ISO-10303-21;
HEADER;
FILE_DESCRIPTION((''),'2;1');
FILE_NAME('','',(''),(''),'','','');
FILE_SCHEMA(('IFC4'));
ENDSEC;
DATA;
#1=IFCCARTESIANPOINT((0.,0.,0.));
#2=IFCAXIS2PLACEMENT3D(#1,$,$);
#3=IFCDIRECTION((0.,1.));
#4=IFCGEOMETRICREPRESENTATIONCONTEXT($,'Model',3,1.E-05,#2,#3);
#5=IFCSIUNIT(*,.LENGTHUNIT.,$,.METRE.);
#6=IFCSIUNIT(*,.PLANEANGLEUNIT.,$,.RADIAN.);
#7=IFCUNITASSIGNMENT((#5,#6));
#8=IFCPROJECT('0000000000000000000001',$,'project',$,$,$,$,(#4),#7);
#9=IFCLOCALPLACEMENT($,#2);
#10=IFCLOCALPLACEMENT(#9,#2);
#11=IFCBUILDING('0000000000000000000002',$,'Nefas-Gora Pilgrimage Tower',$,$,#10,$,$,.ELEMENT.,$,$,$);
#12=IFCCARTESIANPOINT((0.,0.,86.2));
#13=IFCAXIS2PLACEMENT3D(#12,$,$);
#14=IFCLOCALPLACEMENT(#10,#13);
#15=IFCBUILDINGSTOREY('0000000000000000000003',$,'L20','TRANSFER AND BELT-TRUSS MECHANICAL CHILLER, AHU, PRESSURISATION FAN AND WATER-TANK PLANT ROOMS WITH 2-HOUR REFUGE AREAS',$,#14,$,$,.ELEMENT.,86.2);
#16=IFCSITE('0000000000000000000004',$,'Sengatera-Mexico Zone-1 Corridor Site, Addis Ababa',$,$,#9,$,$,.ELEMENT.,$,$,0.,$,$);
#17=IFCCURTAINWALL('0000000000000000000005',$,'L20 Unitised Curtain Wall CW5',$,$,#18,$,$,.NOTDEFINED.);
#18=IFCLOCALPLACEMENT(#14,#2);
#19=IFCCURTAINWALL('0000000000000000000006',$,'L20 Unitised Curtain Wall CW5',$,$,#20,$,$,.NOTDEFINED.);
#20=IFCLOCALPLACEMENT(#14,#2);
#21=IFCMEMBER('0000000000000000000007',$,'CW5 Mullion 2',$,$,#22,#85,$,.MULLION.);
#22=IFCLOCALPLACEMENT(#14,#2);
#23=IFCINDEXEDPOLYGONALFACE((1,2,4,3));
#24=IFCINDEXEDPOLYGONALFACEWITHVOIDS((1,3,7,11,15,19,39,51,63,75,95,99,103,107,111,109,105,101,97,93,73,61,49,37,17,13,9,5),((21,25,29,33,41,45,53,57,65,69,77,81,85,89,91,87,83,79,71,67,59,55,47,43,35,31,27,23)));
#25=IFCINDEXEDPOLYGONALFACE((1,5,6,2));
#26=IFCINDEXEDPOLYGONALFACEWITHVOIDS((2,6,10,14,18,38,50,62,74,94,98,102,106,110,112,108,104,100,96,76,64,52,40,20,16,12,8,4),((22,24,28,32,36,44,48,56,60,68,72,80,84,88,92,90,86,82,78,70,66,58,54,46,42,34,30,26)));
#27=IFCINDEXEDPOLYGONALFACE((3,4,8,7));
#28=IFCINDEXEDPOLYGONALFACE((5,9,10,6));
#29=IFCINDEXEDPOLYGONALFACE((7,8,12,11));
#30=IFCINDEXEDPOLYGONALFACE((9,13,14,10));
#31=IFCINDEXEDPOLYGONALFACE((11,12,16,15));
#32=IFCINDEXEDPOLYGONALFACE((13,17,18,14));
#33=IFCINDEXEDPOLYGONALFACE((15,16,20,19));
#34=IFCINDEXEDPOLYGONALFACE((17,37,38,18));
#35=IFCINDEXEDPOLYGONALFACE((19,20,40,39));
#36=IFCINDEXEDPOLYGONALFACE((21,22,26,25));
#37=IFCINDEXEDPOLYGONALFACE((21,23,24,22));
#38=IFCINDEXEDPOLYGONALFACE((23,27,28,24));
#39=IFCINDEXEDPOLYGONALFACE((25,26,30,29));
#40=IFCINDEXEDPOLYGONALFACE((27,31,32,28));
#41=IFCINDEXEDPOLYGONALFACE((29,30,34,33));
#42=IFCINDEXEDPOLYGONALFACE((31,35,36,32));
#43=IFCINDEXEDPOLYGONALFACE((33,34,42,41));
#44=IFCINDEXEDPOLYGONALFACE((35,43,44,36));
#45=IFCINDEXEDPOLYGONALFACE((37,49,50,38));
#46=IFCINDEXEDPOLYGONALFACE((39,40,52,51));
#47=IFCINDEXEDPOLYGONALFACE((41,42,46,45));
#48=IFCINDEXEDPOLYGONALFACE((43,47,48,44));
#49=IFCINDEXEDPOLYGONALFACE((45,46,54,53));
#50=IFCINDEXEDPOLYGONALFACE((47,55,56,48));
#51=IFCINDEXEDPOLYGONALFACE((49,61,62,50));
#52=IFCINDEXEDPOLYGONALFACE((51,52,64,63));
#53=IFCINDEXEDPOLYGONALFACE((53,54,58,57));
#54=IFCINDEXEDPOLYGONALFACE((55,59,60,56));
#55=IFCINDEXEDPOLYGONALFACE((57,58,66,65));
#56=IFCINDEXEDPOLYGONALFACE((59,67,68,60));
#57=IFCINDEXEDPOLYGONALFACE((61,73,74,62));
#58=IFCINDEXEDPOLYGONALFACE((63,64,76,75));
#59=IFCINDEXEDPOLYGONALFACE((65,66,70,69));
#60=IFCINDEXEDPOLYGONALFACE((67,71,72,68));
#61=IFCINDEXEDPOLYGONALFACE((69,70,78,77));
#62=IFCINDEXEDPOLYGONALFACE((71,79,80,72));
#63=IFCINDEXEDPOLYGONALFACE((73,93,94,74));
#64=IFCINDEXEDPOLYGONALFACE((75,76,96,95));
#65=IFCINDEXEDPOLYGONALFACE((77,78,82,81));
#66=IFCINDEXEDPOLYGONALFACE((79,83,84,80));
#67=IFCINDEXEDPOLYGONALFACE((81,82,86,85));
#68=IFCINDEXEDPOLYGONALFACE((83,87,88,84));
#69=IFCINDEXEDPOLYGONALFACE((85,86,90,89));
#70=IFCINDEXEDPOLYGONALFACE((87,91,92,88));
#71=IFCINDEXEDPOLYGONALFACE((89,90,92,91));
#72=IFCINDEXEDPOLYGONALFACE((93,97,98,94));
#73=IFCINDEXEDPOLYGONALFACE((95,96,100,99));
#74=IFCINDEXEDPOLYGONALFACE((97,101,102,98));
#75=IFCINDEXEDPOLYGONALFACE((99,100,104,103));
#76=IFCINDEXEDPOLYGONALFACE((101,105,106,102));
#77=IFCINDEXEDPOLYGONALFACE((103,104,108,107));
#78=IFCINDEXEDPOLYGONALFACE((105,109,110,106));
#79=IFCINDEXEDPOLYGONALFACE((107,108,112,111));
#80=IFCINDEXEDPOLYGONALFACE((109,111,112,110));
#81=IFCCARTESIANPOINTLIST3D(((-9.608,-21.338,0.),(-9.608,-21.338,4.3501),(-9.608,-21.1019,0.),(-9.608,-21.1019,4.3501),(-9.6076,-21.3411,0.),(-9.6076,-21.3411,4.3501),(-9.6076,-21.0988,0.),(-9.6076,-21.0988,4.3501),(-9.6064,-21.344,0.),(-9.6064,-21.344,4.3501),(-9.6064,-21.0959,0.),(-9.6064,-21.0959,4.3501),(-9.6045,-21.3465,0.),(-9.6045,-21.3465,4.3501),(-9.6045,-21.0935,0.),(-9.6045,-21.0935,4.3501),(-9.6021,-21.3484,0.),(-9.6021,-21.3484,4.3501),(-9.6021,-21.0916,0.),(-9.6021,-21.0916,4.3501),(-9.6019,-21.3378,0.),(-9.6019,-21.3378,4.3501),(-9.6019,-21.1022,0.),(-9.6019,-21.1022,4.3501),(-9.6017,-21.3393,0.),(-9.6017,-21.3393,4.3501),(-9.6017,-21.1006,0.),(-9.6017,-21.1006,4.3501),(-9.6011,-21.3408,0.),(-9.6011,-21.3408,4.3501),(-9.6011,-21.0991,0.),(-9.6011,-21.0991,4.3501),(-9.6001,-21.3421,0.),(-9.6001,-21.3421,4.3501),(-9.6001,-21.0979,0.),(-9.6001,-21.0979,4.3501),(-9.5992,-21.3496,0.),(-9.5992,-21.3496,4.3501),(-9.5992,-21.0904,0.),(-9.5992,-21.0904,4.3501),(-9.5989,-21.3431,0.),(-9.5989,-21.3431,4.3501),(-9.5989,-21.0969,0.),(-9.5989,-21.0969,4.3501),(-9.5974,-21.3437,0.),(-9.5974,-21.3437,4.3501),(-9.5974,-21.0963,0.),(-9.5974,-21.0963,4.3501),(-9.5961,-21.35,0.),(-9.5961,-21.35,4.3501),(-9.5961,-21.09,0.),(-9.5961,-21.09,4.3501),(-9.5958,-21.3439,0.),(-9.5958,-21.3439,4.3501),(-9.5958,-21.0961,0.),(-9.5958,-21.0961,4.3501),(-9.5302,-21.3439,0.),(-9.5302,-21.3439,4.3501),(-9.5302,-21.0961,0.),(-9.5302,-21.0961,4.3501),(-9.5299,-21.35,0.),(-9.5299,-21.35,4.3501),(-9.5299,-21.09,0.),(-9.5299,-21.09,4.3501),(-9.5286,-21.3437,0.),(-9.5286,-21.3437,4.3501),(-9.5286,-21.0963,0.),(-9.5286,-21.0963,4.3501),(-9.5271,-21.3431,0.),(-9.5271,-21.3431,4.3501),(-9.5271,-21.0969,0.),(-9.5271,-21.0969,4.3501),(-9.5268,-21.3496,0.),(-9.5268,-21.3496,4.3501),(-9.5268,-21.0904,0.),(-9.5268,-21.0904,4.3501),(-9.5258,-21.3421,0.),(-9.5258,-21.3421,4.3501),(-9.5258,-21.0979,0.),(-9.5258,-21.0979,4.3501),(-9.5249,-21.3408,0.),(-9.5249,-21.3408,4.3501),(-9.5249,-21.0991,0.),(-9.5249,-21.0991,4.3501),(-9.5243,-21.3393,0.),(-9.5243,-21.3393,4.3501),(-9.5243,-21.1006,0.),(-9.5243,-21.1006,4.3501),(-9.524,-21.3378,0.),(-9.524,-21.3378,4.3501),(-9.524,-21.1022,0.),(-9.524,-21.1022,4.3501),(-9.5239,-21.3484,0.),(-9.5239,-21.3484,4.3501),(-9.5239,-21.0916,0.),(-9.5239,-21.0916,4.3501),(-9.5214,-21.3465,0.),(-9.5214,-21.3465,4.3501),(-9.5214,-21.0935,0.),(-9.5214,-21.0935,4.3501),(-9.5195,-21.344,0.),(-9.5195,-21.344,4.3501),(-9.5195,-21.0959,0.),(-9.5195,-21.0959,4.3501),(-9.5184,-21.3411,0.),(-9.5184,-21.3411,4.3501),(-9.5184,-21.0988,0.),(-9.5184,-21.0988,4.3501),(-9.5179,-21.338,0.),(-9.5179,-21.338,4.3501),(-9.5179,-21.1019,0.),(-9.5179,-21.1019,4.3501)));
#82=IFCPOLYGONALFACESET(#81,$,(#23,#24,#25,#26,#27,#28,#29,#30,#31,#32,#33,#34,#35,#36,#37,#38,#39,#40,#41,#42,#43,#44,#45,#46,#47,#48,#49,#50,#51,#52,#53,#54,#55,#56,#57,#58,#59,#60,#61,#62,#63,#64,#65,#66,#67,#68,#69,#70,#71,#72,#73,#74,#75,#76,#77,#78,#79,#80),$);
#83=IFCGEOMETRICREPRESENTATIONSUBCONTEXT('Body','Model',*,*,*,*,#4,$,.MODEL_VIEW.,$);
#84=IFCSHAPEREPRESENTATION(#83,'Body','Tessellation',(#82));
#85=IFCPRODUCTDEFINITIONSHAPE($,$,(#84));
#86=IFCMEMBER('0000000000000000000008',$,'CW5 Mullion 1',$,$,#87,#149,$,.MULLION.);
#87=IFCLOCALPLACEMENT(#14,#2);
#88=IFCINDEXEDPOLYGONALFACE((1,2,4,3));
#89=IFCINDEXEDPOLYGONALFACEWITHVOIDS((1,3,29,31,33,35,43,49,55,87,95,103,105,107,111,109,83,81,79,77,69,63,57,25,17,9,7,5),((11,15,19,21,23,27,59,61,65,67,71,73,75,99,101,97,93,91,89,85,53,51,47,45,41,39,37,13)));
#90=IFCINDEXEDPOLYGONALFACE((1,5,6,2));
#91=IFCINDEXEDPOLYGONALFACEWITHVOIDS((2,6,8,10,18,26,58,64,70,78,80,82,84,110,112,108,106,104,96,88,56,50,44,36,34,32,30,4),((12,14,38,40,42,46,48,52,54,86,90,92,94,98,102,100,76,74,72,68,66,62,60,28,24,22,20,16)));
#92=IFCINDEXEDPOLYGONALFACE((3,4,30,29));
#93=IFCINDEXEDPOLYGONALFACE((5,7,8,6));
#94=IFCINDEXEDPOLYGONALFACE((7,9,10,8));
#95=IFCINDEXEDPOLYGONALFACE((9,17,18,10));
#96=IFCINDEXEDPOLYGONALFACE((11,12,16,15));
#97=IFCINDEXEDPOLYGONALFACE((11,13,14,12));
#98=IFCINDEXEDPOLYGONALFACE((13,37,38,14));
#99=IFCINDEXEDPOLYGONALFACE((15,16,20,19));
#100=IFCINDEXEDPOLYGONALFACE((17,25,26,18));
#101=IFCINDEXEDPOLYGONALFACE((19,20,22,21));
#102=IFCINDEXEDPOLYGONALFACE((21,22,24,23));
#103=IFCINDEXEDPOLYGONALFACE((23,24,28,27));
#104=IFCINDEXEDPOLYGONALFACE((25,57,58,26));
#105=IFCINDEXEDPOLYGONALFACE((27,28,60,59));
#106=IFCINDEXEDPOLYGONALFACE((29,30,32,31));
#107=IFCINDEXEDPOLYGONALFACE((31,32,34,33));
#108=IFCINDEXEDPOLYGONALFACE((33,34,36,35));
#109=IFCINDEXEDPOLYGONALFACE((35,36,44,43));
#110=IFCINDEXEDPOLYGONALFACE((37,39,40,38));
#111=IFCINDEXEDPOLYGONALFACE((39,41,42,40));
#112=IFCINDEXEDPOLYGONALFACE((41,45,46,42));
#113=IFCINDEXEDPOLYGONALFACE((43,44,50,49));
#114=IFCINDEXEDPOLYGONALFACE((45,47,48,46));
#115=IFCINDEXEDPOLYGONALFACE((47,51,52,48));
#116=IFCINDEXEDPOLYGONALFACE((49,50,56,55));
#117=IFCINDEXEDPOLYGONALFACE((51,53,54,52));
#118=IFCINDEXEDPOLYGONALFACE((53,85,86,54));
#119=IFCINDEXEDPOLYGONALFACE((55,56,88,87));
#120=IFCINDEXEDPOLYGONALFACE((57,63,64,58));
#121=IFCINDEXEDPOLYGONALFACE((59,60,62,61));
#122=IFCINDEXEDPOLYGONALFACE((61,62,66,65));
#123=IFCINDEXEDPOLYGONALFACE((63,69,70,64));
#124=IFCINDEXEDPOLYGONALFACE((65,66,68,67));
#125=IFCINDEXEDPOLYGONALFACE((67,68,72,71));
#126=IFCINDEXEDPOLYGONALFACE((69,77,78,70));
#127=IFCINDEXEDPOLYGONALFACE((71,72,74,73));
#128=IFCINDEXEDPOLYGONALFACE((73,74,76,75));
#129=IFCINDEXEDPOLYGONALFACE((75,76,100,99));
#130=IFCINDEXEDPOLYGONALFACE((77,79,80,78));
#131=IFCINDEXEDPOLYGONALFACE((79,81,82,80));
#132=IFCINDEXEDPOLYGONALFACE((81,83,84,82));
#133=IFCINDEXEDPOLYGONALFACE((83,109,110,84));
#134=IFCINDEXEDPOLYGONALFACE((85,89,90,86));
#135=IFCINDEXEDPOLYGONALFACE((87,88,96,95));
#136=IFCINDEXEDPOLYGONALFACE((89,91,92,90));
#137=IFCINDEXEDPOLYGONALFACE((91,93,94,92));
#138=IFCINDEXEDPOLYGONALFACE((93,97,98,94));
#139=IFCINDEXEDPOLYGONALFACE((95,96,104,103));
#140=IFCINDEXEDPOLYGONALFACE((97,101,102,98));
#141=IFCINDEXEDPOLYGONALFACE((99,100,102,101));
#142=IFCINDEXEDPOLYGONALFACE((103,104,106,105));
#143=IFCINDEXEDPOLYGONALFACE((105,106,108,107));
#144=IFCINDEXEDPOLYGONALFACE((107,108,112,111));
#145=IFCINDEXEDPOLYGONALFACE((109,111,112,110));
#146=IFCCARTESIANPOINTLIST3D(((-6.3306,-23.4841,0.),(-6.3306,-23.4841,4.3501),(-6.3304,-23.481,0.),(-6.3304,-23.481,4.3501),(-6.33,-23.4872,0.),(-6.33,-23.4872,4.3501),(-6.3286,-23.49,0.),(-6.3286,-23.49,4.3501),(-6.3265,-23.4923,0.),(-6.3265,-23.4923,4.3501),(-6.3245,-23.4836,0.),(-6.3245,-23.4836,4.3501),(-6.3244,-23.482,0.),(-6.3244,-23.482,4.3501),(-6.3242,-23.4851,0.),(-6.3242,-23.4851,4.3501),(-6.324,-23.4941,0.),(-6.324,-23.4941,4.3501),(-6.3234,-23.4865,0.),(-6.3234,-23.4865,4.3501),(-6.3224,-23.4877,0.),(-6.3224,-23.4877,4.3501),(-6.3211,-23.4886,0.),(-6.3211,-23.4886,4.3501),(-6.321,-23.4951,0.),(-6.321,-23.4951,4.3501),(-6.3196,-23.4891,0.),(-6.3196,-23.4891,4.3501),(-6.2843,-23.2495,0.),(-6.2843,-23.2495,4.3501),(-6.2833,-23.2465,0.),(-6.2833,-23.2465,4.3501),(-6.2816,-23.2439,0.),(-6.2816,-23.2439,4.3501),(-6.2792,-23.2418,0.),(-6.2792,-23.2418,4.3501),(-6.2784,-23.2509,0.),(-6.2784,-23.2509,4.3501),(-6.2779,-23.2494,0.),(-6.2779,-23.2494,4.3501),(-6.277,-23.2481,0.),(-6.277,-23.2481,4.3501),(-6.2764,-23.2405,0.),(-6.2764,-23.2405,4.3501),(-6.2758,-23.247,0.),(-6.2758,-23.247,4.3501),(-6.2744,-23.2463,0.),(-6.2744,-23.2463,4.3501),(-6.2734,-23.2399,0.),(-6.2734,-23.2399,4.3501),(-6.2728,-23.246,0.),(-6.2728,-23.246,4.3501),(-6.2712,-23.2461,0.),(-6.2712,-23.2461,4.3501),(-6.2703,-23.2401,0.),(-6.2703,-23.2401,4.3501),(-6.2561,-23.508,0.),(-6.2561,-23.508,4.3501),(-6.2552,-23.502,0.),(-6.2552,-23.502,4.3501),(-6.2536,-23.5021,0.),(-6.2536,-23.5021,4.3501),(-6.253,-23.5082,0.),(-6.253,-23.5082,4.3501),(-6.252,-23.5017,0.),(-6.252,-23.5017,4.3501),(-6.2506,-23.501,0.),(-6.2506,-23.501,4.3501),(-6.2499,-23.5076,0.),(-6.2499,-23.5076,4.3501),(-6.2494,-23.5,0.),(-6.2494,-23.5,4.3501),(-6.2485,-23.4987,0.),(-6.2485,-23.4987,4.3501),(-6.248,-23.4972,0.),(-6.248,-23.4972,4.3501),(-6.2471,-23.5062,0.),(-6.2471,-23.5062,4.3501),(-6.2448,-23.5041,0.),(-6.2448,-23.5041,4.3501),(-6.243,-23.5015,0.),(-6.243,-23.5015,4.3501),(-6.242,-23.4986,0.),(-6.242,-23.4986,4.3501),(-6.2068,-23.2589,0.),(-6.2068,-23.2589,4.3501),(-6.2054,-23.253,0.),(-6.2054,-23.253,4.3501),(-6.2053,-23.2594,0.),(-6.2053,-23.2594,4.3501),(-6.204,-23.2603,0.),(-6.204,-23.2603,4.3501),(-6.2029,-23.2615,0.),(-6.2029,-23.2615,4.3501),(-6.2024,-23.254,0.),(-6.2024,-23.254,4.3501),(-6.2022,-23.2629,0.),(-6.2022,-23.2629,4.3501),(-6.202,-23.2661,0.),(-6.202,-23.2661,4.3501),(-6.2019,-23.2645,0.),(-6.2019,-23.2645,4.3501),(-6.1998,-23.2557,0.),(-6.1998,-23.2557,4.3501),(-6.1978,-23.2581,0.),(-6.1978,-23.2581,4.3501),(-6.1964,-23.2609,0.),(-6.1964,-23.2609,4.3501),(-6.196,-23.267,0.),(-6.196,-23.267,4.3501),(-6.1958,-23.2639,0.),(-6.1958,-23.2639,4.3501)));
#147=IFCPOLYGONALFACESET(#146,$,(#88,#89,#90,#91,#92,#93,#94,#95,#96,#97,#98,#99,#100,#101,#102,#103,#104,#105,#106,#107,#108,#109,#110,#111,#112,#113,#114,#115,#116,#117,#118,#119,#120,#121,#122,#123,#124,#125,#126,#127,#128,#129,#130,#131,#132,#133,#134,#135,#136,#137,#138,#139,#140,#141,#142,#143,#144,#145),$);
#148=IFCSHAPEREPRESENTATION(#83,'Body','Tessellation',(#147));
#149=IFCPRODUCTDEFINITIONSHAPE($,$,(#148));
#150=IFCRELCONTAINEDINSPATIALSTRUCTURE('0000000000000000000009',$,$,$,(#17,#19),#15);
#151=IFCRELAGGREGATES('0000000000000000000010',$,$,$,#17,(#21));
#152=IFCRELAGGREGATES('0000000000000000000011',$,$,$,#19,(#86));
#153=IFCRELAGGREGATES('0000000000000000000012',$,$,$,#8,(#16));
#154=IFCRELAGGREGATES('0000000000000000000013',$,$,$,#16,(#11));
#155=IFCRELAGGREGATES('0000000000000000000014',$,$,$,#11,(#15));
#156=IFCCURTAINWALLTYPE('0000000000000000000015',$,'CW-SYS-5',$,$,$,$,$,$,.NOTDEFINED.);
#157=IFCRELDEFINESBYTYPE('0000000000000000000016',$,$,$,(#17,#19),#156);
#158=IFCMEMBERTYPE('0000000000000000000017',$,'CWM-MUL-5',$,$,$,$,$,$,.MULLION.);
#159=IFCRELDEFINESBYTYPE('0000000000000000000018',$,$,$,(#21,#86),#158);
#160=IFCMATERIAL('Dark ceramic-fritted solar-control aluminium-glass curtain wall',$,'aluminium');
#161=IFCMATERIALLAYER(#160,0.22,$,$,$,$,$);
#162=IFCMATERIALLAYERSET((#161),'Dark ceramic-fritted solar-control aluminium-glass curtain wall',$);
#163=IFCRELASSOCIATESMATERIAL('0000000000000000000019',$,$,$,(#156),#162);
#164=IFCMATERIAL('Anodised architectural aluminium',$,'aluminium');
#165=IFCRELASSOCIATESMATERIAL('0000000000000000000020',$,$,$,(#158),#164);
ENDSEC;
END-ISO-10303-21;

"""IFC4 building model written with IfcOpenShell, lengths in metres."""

from ifc_helpers import new_model, si_unit, direction, frame, origin, origin_2d, place, context, subcontext, project, spatial, hollow_rectangle, extrude, source, transform, mapped, material, layer, layer_set, material_profile, profile_set, type_object, element, aggregate, save


model = new_model("IFC4")

# Units and contexts
model_context = context("Model", 3, precision=1e-05, world=origin(), true_north=direction((0.0, 1.0)))
body_context = subcontext(model_context, "Body", "Model", "MODEL_VIEW")
ifc_project = project(units=[si_unit("LENGTHUNIT", "METRE"), si_unit("PLANEANGLEUNIT", "RADIAN")], contexts=[model_context])

# Site, building, storey
site_placement = place(None, origin())
site = spatial("IfcSite", under=ifc_project, at=site_placement, Name="Sengatera-Mexico Zone-1 Corridor Site, Addis Ababa", CompositionType="ELEMENT", RefElevation=0.0)
building_placement = place(site_placement, origin())
building = spatial("IfcBuilding", under=site, at=building_placement, Name="Nefas-Gora Pilgrimage Tower", CompositionType="ELEMENT")
storey_placement = place(building_placement, frame((0.0, 0.0, 86.2)))
storey = spatial("IfcBuildingStorey", under=building, at=storey_placement, Name="L20", Description="TRANSFER AND BELT-TRUSS MECHANICAL CHILLER, AHU, PRESSURISATION FAN AND WATER-TANK PLANT ROOMS WITH 2-HOUR REFUGE AREAS", CompositionType="ELEMENT", Elevation=86.2)

# Curtain walls
ifc_material_1 = material(Name="Dark ceramic-fritted solar-control aluminium-glass curtain wall", Category="aluminium")
ifc_layer_1 = layer(ifc_material_1, 0.22)
ifc_layer_set_1 = layer_set([ifc_layer_1], Name="Dark ceramic-fritted solar-control aluminium-glass curtain wall")
curtain_wall_type = type_object("IfcCurtainWallType", Name="CW-SYS-5", PredefinedType="NOTDEFINED", material=ifc_layer_set_1)
curtain_wall_1_placement = place(storey_placement, origin())
curtain_wall_1 = element("IfcCurtainWall", 1, at=curtain_wall_1_placement, inside=storey, type_object=curtain_wall_type, Name="L20 Unitised Curtain Wall CW5", PredefinedType="NOTDEFINED")
ifc_material_2 = material(Name="Anodised architectural aluminium", Category="aluminium")
curtain_wall_2_placement = place(storey_placement, origin())
curtain_wall_2 = element("IfcCurtainWall", 2, at=curtain_wall_2_placement, inside=storey, type_object=curtain_wall_type, Name="L20 Unitised Curtain Wall CW5", PredefinedType="NOTDEFINED")

# Members
ifc_material_profile_1 = material_profile(ifc_material_2, hollow_rectangle(XDim=0.0901, YDim=0.26, WallThickness=0.0061, InnerFilletRadius=0.0061, OuterFilletRadius=0.012, at=origin_2d()), Name="ALU MULLION 90x260")
ifc_profile_set_1 = profile_set([ifc_material_profile_1], Name="Anodised architectural aluminium")
member_type_1 = type_object("IfcMemberType", Name="CWM-MUL-5", PredefinedType="MULLION", material=ifc_profile_set_1)
shared_shape_1 = source(origin(), body_context, "Body", "SweptSolid", [
    extrude(hollow_rectangle(XDim=0.0901, YDim=0.26, WallThickness=0.0061, InnerFilletRadius=0.0061, OuterFilletRadius=0.012, at=origin_2d()), origin(), (0.0, 0.0, 1.0), 4.3501),
])
member_1_placement = place(storey_placement, frame((-9.563, -21.22, 0.0), z_axis=(0.0, 0.0, 1.0), x_axis=(1.0, 0.0, 0.0)))
member_1 = element("IfcMember", 3, at=member_1_placement, type_object=member_type_1, Name="CW5 Mullion 2", PredefinedType="MULLION", context=body_context, shape_type="MappedRepresentation", body=[
    mapped(shared_shape_1, transform((0.0, 0.0, 0.0), x_axis=(1.0, 0.0, 0.0), y_axis=(0.0, 1.0, 0.0), z_axis=(0.0, 0.0, 1.0), scale=1.0)),
])
member_2_placement = place(storey_placement, frame((-6.2632, -23.374, 0.0), z_axis=(0.0, 0.0, 1.0), x_axis=(0.980783, -0.195102, 0.0)))
member_2 = element("IfcMember", 4, at=member_2_placement, type_object=member_type_1, Name="CW5 Mullion 1", PredefinedType="MULLION", context=body_context, shape_type="MappedRepresentation", body=[
    mapped(shared_shape_1, transform((0.0, 0.0, 0.0), x_axis=(1.0, 0.0, 0.0), y_axis=(0.0, 1.0, 0.0), z_axis=(0.0, 0.0, 1.0), scale=1.0)),
])

aggregate(curtain_wall_1, [member_1])
aggregate(curtain_wall_2, [member_2])

save(model, "model.ifc")
